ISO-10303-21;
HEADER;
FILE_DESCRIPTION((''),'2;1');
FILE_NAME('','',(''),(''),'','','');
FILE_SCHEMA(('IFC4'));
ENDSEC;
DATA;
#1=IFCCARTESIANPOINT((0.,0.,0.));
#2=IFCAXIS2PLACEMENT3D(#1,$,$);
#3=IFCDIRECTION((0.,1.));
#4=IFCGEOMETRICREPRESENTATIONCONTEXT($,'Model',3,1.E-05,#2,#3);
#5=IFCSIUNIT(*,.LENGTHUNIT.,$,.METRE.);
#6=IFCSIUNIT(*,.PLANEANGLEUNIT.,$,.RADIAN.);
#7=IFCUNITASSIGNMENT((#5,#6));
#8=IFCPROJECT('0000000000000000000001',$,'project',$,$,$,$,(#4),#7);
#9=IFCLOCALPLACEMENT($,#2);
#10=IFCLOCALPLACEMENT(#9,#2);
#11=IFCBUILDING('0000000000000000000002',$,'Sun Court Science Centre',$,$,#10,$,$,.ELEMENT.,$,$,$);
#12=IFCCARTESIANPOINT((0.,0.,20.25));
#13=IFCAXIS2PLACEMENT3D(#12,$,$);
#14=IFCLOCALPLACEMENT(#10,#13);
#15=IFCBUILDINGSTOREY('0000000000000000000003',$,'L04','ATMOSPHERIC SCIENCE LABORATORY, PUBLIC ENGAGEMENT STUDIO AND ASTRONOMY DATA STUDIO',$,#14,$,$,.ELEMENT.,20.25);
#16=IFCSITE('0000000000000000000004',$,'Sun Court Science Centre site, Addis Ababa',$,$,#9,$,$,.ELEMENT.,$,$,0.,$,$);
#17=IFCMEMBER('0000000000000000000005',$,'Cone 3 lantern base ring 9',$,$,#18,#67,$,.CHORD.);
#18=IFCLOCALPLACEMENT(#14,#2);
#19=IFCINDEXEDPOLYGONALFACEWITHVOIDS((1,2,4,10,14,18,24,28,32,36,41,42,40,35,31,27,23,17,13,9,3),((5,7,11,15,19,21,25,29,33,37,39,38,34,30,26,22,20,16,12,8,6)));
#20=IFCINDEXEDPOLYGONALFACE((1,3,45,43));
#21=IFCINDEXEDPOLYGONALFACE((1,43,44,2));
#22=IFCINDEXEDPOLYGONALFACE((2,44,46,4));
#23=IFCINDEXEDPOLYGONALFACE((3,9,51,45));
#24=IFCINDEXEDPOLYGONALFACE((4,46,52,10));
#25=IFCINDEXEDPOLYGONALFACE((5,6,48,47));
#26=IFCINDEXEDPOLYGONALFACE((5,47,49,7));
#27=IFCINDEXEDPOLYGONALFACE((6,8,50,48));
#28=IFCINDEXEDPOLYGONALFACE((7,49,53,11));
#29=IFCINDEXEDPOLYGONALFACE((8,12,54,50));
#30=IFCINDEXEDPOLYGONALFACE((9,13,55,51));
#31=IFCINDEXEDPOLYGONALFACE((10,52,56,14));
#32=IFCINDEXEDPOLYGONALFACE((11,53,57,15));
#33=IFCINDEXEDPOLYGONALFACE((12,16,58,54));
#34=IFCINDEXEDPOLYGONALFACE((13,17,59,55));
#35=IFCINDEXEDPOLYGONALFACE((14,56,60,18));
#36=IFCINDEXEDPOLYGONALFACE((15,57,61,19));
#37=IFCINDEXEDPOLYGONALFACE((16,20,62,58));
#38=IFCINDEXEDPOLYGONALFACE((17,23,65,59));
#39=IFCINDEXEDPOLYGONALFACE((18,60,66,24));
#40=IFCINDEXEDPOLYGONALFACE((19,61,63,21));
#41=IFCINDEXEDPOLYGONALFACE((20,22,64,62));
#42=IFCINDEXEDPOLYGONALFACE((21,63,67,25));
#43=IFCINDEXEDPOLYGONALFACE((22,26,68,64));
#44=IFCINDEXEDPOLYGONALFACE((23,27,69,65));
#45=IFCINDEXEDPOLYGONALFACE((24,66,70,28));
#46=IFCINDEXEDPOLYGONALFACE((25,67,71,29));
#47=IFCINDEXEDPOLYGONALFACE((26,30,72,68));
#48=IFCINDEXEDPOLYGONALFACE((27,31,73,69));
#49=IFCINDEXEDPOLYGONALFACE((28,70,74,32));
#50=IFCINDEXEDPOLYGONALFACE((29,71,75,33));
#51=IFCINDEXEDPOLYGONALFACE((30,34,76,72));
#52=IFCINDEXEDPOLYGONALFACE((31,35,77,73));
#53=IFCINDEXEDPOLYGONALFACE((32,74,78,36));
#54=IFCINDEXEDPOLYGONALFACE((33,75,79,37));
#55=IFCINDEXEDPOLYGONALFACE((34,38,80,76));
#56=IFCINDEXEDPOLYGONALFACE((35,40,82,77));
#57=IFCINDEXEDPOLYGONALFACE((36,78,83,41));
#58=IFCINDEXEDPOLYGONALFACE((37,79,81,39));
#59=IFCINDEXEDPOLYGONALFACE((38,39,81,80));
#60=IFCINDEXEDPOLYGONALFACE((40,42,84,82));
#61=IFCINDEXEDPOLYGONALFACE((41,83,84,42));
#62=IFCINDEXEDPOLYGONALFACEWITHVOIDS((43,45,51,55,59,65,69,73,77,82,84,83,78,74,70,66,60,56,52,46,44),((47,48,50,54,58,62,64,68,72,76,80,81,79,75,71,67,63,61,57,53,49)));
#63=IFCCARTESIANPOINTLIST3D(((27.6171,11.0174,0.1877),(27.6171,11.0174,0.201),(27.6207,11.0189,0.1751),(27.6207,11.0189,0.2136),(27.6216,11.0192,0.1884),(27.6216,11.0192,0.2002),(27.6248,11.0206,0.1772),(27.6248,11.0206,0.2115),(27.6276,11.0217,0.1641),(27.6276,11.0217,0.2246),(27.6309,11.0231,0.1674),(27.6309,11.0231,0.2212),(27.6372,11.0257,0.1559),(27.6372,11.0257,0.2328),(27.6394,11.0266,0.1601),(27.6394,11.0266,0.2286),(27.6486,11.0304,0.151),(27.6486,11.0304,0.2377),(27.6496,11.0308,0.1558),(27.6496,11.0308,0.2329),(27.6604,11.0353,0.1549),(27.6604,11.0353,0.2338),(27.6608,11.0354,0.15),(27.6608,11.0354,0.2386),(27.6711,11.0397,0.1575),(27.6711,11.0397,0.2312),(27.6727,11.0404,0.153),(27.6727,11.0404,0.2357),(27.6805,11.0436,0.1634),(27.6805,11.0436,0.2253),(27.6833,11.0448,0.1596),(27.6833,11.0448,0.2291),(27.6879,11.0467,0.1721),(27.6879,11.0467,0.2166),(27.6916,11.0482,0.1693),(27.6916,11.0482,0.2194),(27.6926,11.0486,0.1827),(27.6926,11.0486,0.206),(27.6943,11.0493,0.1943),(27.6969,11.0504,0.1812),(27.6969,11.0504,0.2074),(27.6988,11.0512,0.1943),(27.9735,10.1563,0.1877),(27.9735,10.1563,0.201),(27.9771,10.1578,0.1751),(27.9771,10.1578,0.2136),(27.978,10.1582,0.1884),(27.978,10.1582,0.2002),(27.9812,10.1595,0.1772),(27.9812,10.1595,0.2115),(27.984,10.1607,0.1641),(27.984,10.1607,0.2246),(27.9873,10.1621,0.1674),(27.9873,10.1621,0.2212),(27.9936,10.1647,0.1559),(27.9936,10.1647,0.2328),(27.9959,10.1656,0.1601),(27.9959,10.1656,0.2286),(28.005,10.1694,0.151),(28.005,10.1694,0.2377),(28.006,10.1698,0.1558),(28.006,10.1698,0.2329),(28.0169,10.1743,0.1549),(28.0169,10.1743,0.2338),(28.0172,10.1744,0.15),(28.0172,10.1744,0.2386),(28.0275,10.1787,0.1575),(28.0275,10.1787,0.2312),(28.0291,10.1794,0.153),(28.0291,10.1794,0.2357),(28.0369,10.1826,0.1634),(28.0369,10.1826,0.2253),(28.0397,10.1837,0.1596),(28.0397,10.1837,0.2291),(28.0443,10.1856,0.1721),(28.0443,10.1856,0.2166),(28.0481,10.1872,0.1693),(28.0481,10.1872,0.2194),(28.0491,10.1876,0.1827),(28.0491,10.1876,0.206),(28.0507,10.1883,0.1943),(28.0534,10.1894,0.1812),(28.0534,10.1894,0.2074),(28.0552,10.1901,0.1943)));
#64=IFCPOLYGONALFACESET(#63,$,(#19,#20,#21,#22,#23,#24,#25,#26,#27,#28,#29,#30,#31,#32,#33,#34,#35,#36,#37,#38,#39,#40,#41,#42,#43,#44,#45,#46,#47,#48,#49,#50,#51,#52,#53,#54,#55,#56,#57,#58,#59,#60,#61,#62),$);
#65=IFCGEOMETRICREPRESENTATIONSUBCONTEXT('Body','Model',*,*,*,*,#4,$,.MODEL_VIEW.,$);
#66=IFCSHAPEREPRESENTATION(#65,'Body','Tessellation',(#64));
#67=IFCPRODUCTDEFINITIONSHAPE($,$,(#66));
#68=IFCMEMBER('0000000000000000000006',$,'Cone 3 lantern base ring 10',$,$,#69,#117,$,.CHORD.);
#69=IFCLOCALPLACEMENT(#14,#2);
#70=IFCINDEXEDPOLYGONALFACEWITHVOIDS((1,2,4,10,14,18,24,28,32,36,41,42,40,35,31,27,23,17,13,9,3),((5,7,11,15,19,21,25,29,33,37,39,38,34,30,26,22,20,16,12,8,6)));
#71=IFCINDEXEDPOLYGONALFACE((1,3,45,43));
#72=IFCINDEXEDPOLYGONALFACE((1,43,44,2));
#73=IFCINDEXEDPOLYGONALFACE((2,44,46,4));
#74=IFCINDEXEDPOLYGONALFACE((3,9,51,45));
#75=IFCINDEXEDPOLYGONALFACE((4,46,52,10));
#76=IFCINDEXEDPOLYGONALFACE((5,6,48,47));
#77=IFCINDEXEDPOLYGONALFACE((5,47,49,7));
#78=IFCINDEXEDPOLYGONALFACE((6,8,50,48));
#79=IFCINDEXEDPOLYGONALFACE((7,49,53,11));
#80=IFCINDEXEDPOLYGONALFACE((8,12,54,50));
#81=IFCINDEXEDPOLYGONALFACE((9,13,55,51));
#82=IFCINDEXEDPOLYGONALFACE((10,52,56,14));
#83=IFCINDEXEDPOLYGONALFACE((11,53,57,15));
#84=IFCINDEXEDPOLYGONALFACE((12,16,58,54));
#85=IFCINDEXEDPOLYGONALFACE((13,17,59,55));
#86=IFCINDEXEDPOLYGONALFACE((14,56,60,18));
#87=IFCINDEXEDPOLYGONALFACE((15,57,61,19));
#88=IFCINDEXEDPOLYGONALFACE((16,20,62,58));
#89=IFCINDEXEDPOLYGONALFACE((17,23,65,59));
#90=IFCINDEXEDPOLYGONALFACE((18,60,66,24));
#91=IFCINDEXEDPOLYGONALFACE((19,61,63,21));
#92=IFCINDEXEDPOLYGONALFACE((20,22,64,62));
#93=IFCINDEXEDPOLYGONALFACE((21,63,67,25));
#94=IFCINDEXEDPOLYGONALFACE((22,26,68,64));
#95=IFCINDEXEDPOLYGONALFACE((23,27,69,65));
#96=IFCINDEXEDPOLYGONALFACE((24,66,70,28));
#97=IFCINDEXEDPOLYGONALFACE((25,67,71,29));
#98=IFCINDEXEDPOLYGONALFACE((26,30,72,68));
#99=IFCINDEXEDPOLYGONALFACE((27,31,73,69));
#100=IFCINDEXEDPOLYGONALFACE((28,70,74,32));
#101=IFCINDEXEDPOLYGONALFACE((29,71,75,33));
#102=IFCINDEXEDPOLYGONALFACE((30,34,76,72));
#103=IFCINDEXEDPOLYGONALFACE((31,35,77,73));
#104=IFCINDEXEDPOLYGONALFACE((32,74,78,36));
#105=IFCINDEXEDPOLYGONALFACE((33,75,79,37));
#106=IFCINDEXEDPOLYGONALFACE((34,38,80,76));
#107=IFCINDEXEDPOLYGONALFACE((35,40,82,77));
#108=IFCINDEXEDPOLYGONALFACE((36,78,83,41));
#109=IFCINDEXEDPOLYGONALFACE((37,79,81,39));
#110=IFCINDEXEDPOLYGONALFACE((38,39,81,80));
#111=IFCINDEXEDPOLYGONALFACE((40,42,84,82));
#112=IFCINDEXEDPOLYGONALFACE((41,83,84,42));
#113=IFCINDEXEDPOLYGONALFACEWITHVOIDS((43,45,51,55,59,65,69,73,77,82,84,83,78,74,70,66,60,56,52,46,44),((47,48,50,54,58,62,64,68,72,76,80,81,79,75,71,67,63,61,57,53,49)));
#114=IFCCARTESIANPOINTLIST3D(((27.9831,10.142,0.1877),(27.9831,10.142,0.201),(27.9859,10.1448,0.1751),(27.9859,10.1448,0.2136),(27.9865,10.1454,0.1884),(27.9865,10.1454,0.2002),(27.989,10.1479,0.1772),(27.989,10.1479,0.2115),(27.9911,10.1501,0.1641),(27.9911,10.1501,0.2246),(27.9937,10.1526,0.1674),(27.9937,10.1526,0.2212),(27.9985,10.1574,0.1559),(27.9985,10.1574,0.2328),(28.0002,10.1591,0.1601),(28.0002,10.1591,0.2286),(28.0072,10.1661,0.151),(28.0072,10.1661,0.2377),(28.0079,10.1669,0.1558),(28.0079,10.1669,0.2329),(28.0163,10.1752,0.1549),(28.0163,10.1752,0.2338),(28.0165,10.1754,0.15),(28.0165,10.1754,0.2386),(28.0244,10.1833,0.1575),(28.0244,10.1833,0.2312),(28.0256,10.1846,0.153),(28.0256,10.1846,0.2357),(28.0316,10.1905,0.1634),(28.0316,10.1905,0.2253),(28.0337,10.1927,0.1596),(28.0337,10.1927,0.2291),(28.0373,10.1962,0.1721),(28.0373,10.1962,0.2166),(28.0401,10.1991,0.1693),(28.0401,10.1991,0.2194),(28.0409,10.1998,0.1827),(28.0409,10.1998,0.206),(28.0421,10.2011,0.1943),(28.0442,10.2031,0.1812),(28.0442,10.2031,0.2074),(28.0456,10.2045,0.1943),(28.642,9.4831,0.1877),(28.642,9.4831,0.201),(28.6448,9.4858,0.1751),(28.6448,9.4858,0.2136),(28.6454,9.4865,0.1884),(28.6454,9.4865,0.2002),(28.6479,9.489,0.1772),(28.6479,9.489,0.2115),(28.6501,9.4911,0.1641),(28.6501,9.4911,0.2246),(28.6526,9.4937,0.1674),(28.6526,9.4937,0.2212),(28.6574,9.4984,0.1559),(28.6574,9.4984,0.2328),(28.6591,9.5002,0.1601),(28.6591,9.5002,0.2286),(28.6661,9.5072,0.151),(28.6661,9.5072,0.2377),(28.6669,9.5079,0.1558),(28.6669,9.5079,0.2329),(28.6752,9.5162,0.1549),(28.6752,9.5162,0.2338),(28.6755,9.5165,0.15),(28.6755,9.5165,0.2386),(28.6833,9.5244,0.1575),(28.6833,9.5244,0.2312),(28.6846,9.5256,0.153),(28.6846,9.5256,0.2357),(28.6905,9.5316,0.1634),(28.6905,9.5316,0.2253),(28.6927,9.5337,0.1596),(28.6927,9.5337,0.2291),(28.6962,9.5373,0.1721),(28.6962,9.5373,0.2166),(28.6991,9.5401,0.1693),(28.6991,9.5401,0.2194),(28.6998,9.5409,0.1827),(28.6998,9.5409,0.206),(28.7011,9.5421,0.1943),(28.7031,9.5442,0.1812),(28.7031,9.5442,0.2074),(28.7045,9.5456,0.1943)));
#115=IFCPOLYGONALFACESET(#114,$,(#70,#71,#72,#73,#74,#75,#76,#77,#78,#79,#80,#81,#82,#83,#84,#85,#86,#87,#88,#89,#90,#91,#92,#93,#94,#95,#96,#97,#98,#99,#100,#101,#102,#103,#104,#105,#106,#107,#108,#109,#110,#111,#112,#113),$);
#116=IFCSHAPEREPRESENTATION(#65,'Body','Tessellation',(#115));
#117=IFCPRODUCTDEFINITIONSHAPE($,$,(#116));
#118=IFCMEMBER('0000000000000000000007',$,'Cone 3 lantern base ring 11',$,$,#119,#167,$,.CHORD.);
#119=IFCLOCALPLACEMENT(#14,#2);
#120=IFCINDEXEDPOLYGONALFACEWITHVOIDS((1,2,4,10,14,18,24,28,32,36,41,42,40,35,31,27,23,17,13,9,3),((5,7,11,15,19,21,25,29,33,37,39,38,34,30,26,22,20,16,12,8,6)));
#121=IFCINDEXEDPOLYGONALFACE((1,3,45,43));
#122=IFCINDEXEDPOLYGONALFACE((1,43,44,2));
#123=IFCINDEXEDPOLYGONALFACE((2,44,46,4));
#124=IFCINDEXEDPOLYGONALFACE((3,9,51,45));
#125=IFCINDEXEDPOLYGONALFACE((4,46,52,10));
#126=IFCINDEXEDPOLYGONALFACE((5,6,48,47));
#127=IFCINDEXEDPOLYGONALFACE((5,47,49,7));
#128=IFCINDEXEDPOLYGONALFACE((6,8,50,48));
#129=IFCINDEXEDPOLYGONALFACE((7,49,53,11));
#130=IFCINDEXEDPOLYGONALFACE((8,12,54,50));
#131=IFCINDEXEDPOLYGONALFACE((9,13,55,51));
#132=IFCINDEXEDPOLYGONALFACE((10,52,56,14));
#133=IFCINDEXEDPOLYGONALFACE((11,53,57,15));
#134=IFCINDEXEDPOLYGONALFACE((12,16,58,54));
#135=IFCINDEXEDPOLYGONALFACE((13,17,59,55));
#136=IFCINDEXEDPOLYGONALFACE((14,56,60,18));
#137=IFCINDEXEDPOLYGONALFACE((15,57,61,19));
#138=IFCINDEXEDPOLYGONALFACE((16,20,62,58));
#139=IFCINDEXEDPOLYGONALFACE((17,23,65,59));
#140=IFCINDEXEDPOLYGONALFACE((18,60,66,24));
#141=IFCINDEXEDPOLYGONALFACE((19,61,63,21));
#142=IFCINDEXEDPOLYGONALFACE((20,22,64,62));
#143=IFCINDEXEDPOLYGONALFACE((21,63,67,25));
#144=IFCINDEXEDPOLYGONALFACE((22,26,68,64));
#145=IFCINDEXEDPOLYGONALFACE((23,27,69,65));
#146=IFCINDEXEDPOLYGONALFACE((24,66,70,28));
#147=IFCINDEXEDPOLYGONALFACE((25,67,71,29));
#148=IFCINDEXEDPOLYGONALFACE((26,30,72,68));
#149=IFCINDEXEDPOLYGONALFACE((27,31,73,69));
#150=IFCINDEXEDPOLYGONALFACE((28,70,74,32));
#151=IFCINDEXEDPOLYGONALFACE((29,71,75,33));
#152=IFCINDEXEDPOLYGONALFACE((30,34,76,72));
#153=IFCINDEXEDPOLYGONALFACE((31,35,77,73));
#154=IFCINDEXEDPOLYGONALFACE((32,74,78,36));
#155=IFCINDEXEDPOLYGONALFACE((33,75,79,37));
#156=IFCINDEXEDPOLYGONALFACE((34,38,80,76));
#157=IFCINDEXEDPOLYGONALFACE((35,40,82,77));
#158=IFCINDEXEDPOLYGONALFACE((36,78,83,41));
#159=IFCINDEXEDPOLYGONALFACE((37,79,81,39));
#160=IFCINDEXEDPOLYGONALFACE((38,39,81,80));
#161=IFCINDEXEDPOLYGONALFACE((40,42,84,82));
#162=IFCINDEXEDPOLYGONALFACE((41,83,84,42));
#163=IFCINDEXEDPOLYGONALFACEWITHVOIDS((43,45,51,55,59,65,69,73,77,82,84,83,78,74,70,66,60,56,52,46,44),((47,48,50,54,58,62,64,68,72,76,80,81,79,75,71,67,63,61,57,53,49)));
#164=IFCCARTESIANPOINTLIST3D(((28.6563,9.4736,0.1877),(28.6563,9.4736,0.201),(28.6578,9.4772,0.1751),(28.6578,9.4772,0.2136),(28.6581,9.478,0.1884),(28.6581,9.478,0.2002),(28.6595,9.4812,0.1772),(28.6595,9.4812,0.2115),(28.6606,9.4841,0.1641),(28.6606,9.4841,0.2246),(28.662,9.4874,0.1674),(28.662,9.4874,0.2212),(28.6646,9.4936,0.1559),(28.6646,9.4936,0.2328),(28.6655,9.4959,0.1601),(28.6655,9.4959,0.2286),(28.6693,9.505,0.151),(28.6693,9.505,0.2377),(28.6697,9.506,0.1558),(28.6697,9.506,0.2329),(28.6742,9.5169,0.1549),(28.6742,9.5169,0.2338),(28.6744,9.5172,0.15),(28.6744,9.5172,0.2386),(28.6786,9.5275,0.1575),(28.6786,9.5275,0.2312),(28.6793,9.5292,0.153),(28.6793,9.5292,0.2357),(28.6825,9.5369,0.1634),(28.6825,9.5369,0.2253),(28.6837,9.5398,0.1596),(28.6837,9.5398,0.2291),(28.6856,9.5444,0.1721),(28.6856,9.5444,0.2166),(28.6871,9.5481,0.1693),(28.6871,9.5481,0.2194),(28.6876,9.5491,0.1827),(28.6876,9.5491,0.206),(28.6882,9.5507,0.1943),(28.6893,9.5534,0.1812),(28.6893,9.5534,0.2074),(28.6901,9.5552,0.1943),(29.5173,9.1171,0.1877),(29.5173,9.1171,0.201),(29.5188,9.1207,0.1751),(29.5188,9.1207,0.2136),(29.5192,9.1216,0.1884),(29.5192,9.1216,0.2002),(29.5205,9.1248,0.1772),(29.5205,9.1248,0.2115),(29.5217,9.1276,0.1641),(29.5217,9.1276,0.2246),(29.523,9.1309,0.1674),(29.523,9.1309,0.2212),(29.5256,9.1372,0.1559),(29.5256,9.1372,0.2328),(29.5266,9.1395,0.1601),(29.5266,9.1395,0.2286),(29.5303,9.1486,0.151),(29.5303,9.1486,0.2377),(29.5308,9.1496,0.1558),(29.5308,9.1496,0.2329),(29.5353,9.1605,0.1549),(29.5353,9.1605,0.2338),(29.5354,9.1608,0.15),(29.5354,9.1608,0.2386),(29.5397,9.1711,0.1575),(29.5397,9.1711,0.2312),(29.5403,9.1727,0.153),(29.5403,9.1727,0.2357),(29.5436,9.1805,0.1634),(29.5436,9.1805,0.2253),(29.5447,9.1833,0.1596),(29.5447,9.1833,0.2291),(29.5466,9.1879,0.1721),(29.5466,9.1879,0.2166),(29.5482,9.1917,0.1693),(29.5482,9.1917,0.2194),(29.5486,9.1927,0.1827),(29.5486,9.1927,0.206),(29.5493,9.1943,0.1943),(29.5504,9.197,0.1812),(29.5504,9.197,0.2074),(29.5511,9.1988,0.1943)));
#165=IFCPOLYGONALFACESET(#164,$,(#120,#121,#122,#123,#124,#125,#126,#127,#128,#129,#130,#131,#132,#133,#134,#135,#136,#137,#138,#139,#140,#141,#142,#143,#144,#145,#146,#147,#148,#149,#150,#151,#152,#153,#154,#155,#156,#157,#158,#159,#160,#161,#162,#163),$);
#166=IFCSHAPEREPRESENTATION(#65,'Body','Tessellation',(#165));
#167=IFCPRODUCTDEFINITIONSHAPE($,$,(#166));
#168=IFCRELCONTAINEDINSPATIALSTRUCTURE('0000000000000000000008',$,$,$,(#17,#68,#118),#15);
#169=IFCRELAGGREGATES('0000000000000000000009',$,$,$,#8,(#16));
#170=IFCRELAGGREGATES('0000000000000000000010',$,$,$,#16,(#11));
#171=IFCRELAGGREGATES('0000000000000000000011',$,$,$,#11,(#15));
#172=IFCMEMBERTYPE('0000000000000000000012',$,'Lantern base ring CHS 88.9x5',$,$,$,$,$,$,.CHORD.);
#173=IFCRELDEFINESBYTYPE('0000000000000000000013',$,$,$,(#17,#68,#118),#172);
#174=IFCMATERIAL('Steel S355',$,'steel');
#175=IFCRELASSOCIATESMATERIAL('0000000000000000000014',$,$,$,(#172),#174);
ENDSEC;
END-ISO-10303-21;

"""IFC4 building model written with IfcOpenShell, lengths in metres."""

from ifc_helpers import new_model, si_unit, direction, frame, origin, origin_2d, place, context, subcontext, project, spatial, hollow_circle, extrude, material, material_profile, profile_set, type_object, element, save


model = new_model("IFC4")

# Units and contexts
model_context = context("Model", 3, precision=1e-05, world=origin(), true_north=direction((0.0, 1.0)))
body_context = subcontext(model_context, "Body", "Model", "MODEL_VIEW")
ifc_project = project(units=[si_unit("LENGTHUNIT", "METRE"), si_unit("PLANEANGLEUNIT", "RADIAN")], contexts=[model_context])

# Site, building, storey
site_placement = place(None, origin())
site = spatial("IfcSite", under=ifc_project, at=site_placement, Name="Sun Court Science Centre site, Addis Ababa", CompositionType="ELEMENT", RefElevation=0.0)
building_placement = place(site_placement, origin())
building = spatial("IfcBuilding", under=site, at=building_placement, Name="Sun Court Science Centre", CompositionType="ELEMENT")
storey_placement = place(building_placement, frame((0.0, 0.0, 20.25)))
storey = spatial("IfcBuildingStorey", under=building, at=storey_placement, Name="L04", Description="ATMOSPHERIC SCIENCE LABORATORY, PUBLIC ENGAGEMENT STUDIO AND ASTRONOMY DATA STUDIO", CompositionType="ELEMENT", Elevation=20.25)

# Members
ifc_material_1 = material(Name="Steel S355", Category="steel")
ifc_material_profile_1 = material_profile(ifc_material_1, hollow_circle(Radius=0.0444, WallThickness=0.0049, at=origin_2d()), Name="CHS 88.9x5")
ifc_profile_set_1 = profile_set([ifc_material_profile_1], Name="Steel S355")
member_type_1 = type_object("IfcMemberType", Name="Lantern base ring CHS 88.9x5", PredefinedType="CHORD", material=ifc_profile_set_1)
for number, where, z_axis, x_axis, name in (
    (1, (27.6577, 11.0342, 0.1943), (0.382475, -0.923966, 0.0), (0.923966, 0.382475, 0.0), "Cone 3 lantern base ring 9"),
    (2, (28.0142, 10.1731, 0.1943), (0.707107, -0.707107, 0.0), (0.707107, 0.707107, 0.0), "Cone 3 lantern base ring 10"),
    (3, (28.6731, 9.5142, 0.1943), (0.923966, -0.382475, 0.0), (0.382475, 0.923966, 0.0), "Cone 3 lantern base ring 11"),
):
    element("IfcMember", number, at=place(storey_placement, frame(where, z_axis=z_axis, x_axis=x_axis)), inside=storey, type_object=member_type_1, Name=name, PredefinedType="CHORD", context=body_context, shape_type="SweptSolid", body=[
        extrude(hollow_circle(Radius=0.0444, WallThickness=0.0049, at=origin_2d()), origin(), (0.0, 0.0, 1.0), 0.9319),
    ])

save(model, "model.ifc")
